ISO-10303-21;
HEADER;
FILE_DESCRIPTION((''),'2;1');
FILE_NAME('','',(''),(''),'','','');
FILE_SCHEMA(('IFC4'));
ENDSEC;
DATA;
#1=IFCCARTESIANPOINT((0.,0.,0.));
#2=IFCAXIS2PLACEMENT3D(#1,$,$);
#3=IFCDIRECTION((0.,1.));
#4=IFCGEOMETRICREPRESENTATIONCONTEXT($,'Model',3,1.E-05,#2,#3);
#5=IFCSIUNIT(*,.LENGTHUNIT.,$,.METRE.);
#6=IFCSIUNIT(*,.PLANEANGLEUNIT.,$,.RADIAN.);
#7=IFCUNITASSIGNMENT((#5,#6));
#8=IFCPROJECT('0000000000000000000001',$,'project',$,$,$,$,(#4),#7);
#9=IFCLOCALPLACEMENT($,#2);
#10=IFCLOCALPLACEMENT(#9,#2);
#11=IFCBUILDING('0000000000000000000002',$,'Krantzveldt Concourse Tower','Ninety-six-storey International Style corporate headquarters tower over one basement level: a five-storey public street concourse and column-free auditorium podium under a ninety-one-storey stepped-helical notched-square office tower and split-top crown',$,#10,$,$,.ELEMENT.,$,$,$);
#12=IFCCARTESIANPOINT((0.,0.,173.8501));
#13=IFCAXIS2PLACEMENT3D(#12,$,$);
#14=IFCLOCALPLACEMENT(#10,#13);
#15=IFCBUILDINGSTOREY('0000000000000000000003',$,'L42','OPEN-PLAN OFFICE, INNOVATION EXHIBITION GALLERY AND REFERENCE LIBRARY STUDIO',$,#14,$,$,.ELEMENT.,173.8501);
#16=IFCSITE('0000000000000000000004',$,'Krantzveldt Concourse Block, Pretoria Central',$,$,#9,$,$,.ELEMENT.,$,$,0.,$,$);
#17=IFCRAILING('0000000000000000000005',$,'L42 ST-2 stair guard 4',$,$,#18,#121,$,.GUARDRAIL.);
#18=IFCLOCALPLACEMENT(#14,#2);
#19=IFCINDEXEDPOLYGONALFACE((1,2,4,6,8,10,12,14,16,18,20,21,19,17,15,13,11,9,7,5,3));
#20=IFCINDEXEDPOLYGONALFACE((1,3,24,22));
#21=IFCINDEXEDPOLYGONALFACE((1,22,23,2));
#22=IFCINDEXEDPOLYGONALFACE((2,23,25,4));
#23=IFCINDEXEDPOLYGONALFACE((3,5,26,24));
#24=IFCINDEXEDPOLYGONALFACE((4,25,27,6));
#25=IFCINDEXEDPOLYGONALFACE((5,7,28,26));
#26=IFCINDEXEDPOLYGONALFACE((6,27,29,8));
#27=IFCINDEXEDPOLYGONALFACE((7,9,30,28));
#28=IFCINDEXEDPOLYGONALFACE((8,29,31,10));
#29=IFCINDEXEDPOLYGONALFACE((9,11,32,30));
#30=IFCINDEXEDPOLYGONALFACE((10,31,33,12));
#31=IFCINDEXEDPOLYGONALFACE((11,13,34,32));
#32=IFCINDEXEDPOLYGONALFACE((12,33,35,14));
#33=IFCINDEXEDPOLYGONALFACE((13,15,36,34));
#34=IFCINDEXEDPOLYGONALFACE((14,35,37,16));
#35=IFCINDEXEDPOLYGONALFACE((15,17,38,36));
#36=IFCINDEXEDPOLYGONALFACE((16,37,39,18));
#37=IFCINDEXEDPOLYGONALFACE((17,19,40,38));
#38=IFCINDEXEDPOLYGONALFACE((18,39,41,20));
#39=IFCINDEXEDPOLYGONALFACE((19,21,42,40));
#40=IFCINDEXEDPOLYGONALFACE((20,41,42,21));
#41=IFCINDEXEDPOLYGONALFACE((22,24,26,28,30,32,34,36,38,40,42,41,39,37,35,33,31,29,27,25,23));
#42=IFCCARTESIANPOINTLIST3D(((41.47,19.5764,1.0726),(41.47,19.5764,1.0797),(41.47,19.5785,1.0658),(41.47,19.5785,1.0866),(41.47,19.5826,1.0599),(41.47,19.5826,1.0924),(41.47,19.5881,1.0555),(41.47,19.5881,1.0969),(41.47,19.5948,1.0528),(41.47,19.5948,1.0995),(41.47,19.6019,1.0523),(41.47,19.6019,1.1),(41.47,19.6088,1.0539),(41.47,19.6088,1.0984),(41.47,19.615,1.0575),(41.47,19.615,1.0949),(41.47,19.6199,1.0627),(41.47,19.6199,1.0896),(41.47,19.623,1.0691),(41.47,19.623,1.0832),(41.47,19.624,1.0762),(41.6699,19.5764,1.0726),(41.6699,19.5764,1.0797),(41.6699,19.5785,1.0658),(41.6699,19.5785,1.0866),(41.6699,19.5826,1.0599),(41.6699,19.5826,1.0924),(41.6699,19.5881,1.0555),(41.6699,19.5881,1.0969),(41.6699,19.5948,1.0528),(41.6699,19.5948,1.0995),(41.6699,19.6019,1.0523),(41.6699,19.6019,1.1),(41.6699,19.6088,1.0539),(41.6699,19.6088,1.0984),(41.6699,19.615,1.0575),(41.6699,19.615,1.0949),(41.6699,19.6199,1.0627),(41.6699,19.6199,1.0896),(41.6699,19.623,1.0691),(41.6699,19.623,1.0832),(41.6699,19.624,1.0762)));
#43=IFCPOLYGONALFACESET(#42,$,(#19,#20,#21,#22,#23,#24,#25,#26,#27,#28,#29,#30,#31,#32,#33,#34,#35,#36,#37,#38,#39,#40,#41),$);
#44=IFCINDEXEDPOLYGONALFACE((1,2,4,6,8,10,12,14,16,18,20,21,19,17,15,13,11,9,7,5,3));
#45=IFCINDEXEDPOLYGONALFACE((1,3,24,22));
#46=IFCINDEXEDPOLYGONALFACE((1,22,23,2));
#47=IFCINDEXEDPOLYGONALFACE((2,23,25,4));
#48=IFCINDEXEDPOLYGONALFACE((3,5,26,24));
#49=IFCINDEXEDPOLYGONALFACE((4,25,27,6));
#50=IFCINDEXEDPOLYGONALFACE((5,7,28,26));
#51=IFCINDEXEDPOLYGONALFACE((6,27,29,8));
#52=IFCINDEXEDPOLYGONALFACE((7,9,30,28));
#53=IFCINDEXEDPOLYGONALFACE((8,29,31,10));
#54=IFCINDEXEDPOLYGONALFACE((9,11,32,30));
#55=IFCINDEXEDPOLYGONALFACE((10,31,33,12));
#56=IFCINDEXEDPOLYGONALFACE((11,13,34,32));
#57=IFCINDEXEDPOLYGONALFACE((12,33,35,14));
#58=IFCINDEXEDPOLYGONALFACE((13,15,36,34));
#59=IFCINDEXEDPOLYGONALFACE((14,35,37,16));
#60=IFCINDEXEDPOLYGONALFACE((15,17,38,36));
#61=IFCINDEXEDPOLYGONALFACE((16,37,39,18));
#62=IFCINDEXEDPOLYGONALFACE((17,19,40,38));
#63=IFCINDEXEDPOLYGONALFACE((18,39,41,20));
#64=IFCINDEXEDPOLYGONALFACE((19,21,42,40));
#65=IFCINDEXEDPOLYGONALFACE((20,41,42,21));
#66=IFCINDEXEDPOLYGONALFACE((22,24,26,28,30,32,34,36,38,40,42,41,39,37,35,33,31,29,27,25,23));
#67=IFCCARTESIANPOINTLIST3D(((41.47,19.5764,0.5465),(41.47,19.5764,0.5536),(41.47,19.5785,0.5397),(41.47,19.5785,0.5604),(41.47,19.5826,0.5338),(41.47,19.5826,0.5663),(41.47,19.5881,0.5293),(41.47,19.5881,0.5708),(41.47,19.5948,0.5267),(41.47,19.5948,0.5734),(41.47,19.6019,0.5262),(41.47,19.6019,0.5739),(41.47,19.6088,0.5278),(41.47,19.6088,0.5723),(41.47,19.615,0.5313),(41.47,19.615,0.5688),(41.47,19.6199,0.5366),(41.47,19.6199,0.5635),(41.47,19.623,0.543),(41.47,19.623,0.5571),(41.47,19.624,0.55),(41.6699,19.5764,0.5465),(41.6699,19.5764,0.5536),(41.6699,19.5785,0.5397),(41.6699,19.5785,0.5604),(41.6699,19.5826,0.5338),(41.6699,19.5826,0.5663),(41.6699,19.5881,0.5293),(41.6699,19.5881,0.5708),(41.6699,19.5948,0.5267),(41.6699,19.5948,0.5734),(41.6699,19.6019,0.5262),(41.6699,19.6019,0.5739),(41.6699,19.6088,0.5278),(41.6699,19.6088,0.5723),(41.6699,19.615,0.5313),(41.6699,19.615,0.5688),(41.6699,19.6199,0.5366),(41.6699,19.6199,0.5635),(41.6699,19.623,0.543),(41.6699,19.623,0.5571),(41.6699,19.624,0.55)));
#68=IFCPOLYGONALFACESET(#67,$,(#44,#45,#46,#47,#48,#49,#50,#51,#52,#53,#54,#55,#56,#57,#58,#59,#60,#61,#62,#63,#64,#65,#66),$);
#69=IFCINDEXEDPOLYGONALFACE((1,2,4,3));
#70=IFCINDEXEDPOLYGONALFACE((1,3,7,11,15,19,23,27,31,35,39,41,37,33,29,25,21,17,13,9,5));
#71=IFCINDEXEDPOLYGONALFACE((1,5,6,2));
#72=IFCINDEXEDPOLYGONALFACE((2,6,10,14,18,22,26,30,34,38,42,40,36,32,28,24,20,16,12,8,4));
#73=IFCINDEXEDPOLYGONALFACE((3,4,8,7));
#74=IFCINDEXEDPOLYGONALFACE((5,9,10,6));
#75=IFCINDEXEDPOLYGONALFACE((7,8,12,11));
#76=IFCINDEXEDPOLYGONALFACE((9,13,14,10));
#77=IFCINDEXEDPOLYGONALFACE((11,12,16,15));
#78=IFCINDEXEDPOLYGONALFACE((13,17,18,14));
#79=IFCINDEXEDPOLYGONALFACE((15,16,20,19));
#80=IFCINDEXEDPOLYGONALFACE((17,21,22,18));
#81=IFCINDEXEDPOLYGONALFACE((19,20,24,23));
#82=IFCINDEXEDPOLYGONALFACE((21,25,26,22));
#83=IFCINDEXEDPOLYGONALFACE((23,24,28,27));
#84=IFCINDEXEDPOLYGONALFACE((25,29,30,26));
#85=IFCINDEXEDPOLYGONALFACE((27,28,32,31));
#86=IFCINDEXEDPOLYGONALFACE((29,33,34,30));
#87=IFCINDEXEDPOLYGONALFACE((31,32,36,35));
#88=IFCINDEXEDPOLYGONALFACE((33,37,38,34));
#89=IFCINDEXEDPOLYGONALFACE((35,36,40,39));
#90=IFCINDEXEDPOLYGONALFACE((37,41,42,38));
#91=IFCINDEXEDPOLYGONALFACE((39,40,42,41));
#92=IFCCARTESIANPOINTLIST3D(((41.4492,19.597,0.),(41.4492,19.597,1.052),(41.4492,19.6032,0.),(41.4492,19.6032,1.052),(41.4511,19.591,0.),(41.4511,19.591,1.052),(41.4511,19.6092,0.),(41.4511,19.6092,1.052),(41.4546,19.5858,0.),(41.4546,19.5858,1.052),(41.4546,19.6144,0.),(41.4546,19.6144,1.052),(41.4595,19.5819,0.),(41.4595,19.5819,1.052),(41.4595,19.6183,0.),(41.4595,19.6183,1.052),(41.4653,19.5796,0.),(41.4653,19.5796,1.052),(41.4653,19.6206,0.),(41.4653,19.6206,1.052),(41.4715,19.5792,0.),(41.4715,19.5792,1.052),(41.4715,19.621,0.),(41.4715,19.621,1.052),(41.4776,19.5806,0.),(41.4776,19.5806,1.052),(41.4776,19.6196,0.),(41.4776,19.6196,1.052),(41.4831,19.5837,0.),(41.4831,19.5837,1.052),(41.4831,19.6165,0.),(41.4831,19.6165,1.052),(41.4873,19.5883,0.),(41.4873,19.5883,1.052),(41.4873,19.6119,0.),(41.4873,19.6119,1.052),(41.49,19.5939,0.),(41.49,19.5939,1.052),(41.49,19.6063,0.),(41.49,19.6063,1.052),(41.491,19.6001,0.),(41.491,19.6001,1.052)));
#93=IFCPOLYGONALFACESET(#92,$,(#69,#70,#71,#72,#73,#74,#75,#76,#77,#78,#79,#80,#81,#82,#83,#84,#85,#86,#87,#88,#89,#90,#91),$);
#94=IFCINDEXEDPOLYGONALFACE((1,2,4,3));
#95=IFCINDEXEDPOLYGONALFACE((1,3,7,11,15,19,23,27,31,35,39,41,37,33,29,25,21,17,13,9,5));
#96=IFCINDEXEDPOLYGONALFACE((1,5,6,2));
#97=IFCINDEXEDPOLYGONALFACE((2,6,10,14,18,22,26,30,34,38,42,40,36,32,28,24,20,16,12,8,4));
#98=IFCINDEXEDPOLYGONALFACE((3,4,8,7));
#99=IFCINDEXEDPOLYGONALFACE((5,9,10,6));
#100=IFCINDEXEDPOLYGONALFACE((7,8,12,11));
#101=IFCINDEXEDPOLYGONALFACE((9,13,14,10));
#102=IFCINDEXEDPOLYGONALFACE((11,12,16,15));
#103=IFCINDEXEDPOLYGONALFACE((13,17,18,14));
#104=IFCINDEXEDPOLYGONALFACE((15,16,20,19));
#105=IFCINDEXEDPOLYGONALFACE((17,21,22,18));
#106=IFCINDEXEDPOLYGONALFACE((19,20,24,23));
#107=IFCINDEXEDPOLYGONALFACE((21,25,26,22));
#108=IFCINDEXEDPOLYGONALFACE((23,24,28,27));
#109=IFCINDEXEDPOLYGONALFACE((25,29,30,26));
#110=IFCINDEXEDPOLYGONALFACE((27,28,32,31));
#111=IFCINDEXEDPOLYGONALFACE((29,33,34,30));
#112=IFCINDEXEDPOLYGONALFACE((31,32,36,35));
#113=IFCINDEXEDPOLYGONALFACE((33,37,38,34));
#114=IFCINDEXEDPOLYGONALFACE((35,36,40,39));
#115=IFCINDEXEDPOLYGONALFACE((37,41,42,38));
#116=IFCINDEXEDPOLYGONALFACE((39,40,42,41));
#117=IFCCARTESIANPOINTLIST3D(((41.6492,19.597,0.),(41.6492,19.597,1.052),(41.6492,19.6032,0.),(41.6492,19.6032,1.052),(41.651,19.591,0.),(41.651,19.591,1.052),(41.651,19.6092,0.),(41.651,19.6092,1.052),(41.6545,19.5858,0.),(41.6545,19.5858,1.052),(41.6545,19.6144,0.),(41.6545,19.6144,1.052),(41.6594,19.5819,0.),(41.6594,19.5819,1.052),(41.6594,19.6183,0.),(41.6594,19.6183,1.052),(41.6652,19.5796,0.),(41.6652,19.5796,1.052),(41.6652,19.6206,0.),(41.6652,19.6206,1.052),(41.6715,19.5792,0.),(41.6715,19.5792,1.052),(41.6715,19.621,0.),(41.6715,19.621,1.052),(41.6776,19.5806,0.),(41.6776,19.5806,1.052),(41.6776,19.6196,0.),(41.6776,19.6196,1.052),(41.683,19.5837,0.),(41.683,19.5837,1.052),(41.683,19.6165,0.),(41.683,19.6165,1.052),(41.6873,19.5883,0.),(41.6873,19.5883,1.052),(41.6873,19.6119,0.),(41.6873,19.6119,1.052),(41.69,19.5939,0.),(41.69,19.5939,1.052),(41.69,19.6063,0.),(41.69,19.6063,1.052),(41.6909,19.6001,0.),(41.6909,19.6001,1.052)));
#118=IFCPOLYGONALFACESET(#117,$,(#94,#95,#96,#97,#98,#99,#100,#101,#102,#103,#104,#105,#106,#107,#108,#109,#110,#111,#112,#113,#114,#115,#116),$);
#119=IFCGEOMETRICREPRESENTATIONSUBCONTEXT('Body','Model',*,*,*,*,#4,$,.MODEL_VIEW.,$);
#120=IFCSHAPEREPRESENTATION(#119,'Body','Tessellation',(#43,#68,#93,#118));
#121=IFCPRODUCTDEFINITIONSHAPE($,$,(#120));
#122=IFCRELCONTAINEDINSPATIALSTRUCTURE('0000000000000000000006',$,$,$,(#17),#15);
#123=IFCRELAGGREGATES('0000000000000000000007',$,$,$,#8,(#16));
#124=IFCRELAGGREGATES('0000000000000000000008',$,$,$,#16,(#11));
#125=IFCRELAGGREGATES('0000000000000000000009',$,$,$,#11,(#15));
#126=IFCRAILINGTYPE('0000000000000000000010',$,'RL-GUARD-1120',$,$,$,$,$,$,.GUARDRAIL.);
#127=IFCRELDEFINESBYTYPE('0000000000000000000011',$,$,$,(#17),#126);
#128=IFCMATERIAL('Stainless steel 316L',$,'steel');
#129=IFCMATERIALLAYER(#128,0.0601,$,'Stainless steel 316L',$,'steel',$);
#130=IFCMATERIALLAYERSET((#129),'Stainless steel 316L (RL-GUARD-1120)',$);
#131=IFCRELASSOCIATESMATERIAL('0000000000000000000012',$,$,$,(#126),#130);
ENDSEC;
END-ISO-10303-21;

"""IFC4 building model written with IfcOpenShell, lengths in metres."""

from ifc_helpers import new_model, si_unit, direction, frame, origin, origin_2d, place, context, subcontext, project, spatial, circle, extrude, material, layer, layer_set, type_object, element, save


model = new_model("IFC4")

# Units and contexts
model_context = context("Model", 3, precision=1e-05, world=origin(), true_north=direction((0.0, 1.0)))
body_context = subcontext(model_context, "Body", "Model", "MODEL_VIEW")
ifc_project = project(units=[si_unit("LENGTHUNIT", "METRE"), si_unit("PLANEANGLEUNIT", "RADIAN")], contexts=[model_context])

# Site, building, storey
site_placement = place(None, origin())
site = spatial("IfcSite", under=ifc_project, at=site_placement, Name="Krantzveldt Concourse Block, Pretoria Central", CompositionType="ELEMENT", RefElevation=0.0)
building_placement = place(site_placement, origin())
building = spatial("IfcBuilding", under=site, at=building_placement, Name="Krantzveldt Concourse Tower", Description="Ninety-six-storey International Style corporate headquarters tower over one basement level: a five-storey public street concourse and column-free auditorium podium under a ninety-one-storey stepped-helical notched-square office tower and split-top crown", CompositionType="ELEMENT")
storey_placement = place(building_placement, frame((0.0, 0.0, 173.8501)))
storey = spatial("IfcBuildingStorey", under=building, at=storey_placement, Name="L42", Description="OPEN-PLAN OFFICE, INNOVATION EXHIBITION GALLERY AND REFERENCE LIBRARY STUDIO", CompositionType="ELEMENT", Elevation=173.8501)

# Shared definitions
ifc_material_1 = material(Name="Stainless steel 316L", Category="steel")

# Railing
ifc_layer_1 = layer(ifc_material_1, 0.0601, Name="Stainless steel 316L", Category="steel")
ifc_layer_set_1 = layer_set([ifc_layer_1], Name="Stainless steel 316L (RL-GUARD-1120)")
railing_type_1 = type_object("IfcRailingType", Name="RL-GUARD-1120", PredefinedType="GUARDRAIL", material=ifc_layer_set_1)
railing_1_placement = place(storey_placement, frame((41.47, 19.6001, 0.0)))
element("IfcRailing", 1, at=railing_1_placement, inside=storey, type_object=railing_type_1, Name="L42 ST-2 stair guard 4", PredefinedType="GUARDRAIL", context=body_context, shape_type="SweptSolid", body=[
    extrude(circle(Radius=0.0239, at=origin_2d()), frame((0.0, 0.0, 1.0762), z_axis=(1.0, 0.0, 0.0), x_axis=(0.0, 1.0, 0.0)), (0.0, 0.0, 1.0), 0.2),
    extrude(circle(Radius=0.0239, at=origin_2d()), frame((0.0, 0.0, 0.55), z_axis=(1.0, 0.0, 0.0), x_axis=(0.0, 1.0, 0.0)), (0.0, 0.0, 1.0), 0.2),
    extrude(circle(Radius=0.021, at=origin_2d()), origin(), (0.0, 0.0, 1.0), 1.052),
    extrude(circle(Radius=0.021, at=origin_2d()), frame((0.2, 0.0, 0.0)), (0.0, 0.0, 1.0), 1.052),
])

save(model, "model.ifc")
